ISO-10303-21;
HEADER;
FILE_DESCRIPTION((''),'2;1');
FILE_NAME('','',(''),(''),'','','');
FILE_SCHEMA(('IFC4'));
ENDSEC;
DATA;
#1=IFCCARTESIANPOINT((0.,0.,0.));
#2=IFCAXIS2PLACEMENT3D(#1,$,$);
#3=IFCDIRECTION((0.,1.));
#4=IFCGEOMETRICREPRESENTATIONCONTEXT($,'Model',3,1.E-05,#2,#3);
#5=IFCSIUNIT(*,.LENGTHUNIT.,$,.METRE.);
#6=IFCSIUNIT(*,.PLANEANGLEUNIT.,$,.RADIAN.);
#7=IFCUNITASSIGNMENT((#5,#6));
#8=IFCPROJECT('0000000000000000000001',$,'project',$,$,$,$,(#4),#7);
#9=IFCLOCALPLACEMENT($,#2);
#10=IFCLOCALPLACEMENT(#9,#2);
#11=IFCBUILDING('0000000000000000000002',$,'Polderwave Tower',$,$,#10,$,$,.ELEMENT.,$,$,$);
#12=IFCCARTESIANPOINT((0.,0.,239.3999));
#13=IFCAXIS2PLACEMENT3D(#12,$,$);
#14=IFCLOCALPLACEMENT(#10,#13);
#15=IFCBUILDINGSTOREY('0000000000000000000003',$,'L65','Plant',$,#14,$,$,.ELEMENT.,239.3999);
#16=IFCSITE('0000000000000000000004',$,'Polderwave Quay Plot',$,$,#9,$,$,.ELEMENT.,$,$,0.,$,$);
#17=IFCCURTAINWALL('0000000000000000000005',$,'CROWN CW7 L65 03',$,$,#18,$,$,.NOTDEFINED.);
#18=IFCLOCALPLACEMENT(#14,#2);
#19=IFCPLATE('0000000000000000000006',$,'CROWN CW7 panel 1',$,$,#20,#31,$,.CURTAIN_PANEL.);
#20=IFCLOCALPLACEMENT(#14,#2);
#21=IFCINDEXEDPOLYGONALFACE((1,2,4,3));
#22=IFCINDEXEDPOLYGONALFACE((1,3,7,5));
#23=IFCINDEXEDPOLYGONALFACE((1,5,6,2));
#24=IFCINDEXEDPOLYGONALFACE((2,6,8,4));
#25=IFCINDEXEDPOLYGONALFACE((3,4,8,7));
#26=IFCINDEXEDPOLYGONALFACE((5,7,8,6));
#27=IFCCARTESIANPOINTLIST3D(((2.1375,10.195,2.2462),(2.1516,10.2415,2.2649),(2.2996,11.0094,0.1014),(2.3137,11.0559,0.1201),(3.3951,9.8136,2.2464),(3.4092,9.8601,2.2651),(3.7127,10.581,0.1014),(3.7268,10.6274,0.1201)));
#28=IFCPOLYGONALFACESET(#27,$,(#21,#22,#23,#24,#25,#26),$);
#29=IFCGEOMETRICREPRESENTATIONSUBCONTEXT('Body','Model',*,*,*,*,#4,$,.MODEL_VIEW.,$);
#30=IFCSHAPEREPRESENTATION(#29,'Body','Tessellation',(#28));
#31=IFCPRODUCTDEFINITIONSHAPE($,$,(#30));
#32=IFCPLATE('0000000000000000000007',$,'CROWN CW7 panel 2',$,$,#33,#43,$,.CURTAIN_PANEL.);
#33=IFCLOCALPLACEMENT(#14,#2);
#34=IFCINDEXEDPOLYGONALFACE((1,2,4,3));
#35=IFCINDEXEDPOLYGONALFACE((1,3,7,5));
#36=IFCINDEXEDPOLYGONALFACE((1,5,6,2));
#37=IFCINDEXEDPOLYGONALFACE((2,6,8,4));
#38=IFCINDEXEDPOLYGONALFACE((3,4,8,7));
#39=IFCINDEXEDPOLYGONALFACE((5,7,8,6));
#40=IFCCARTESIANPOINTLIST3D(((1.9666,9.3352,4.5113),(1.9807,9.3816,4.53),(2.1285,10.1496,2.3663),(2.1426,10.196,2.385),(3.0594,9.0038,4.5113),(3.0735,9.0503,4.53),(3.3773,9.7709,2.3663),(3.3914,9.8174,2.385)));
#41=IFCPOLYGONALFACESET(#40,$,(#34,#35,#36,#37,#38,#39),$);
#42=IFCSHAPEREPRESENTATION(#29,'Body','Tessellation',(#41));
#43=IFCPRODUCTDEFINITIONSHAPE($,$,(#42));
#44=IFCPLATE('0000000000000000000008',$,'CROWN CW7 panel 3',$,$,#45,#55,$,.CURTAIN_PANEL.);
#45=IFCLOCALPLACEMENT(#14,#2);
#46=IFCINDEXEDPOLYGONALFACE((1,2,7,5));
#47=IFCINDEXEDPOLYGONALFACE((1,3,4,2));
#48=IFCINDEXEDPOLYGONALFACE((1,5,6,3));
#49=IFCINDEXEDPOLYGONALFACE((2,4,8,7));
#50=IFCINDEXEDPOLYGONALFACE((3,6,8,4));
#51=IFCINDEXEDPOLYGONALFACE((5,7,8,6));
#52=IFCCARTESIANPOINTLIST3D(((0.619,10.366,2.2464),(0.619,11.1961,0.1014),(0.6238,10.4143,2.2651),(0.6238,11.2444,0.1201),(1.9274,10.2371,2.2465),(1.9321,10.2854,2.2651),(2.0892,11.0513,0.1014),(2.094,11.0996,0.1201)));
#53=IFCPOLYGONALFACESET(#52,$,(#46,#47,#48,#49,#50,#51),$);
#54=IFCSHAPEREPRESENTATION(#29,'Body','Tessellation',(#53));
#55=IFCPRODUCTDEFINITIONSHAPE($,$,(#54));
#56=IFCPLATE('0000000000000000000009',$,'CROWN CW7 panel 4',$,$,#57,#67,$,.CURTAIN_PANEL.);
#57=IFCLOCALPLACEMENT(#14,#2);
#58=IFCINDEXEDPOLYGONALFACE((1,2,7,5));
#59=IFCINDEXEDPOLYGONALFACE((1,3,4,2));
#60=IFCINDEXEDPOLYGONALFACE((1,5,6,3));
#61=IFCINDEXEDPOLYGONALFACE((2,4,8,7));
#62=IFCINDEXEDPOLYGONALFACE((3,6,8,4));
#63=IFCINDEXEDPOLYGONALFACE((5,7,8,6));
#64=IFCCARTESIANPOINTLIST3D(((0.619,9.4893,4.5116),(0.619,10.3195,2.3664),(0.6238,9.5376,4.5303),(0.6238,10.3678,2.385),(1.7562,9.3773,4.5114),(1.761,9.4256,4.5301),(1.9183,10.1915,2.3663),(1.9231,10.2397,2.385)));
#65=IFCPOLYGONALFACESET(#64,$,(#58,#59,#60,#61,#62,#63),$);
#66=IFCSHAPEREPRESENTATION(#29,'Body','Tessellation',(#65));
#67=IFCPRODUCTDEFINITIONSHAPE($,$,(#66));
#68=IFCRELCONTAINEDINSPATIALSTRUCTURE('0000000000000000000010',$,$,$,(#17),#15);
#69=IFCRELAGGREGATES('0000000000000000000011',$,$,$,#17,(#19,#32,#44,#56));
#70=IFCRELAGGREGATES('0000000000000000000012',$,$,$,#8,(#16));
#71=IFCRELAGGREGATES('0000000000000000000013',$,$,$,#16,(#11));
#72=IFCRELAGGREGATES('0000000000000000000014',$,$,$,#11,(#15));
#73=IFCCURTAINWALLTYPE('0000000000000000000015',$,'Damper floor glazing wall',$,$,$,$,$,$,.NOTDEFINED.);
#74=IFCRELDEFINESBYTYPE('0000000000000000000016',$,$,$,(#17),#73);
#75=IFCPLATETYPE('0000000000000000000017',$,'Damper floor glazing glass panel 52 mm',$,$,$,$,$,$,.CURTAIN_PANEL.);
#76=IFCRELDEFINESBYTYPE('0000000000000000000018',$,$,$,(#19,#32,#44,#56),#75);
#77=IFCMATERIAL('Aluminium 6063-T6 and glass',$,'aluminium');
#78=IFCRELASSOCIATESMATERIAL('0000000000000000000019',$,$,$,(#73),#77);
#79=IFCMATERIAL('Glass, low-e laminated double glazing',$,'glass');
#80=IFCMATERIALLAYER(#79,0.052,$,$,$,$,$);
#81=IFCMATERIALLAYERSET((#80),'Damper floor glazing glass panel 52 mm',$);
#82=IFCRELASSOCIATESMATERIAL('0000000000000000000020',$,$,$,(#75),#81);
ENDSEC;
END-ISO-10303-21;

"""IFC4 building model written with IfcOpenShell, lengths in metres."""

from ifc_helpers import new_model, si_unit, direction, frame, origin, place, context, subcontext, project, spatial, polyline, outline, extrude, material, layer, layer_set, type_object, element, aggregate, save


model = new_model("IFC4")

# Units and contexts
model_context = context("Model", 3, precision=1e-05, world=origin(), true_north=direction((0.0, 1.0)))
body_context = subcontext(model_context, "Body", "Model", "MODEL_VIEW")
ifc_project = project(units=[si_unit("LENGTHUNIT", "METRE"), si_unit("PLANEANGLEUNIT", "RADIAN")], contexts=[model_context])

# Site, building, storey
site_placement = place(None, origin())
site = spatial("IfcSite", under=ifc_project, at=site_placement, Name="Polderwave Quay Plot", CompositionType="ELEMENT", RefElevation=0.0)
building_placement = place(site_placement, origin())
building = spatial("IfcBuilding", under=site, at=building_placement, Name="Polderwave Tower", CompositionType="ELEMENT")
storey_placement = place(building_placement, frame((0.0, 0.0, 239.3999)))
storey = spatial("IfcBuildingStorey", under=building, at=storey_placement, Name="L65", Description="Plant", CompositionType="ELEMENT", Elevation=239.3999)

# Curtain wall
ifc_material_1 = material(Name="Aluminium 6063-T6 and glass", Category="aluminium")
curtain_wall_type = type_object("IfcCurtainWallType", Name="Damper floor glazing wall", PredefinedType="NOTDEFINED", material=ifc_material_1)
curtain_wall_placement = place(storey_placement, origin())
curtain_wall = element("IfcCurtainWall", 1, at=curtain_wall_placement, inside=storey, type_object=curtain_wall_type, Name="CROWN CW7 L65 03", PredefinedType="NOTDEFINED")

# Plates
ifc_material_2 = material(Name="Glass, low-e laminated double glazing", Category="glass")
ifc_layer = layer(ifc_material_2, 0.052)
ifc_layer_set = layer_set([ifc_layer], Name="Damper floor glazing glass panel 52 mm")
plate_type = type_object("IfcPlateType", Name="Damper floor glazing glass panel 52 mm", PredefinedType="CURTAIN_PANEL", material=ifc_layer_set)
plate_1_placement = place(storey_placement, frame((3.7268, 10.6274, 0.1201), z_axis=(0.270744, 0.892984, 0.35955), x_axis=(-0.956981, 0.29015, -0.000007)))
plate_1 = element("IfcPlate", 2, at=plate_1_placement, type_object=plate_type, Name="CROWN CW7 panel 1", PredefinedType="CURTAIN_PANEL", context=body_context, shape_type="SweptSolid", body=[
    extrude(outline(polyline([(0.0, 0.0), (1.4766, 0.0), (1.3954, 2.2985), (0.0813, 2.2987), (0.0, 0.0)])), origin(), (0.0, 0.0, -1.0), 0.052),
])
plate_2_placement = place(storey_placement, frame((3.3914, 9.8174, 2.385), z_axis=(0.27076, 0.893005, 0.359488), x_axis=(-0.956978, 0.29016, -0.000008)))
plate_2 = element("IfcPlate", 3, at=plate_2_placement, type_object=plate_type, Name="CROWN CW7 panel 2", PredefinedType="CURTAIN_PANEL", context=body_context, shape_type="SweptSolid", body=[
    extrude(outline(polyline([(0.0, 0.0), (1.3049, 0.0), (1.2235, 2.2987), (0.0816, 2.2987), (0.0, 0.0)])), origin(), (0.0, 0.0, -1.0), 0.052),
])
plate_3_placement = place(storey_placement, frame((2.094, 11.0996, 0.1201), z_axis=(0.091474, 0.92869, 0.3594), x_axis=(-0.995184, 0.09802, 0.000008)))
plate_3 = element("IfcPlate", 4, at=plate_3_placement, type_object=plate_type, Name="CROWN CW7 panel 3", PredefinedType="CURTAIN_PANEL", context=body_context, shape_type="SweptSolid", body=[
    extrude(outline(polyline([(0.0, 0.0), (1.4773, 0.0), (1.396, 2.2986), (0.0813, 2.2986), (0.0, 0.0)])), origin(), (0.0, 0.0, -1.0), 0.052),
])
plate_4_placement = place(storey_placement, frame((1.9231, 10.2397, 2.385), z_axis=(0.091509, 0.928691, 0.359386), x_axis=(-0.995181, 0.098051, 0.000025)))
plate_4 = element("IfcPlate", 5, at=plate_4_placement, type_object=plate_type, Name="CROWN CW7 panel 4", PredefinedType="CURTAIN_PANEL", context=body_context, shape_type="SweptSolid", body=[
    extrude(outline(polyline([(0.0, 0.0), (1.3056, 0.0), (1.2243, 2.2988), (0.0815, 2.2986), (0.0, 0.0)])), origin(), (0.0, 0.0, -1.0), 0.052),
])
aggregate(curtain_wall, [plate_1, plate_2, plate_3, plate_4])

save(model, "model.ifc")
